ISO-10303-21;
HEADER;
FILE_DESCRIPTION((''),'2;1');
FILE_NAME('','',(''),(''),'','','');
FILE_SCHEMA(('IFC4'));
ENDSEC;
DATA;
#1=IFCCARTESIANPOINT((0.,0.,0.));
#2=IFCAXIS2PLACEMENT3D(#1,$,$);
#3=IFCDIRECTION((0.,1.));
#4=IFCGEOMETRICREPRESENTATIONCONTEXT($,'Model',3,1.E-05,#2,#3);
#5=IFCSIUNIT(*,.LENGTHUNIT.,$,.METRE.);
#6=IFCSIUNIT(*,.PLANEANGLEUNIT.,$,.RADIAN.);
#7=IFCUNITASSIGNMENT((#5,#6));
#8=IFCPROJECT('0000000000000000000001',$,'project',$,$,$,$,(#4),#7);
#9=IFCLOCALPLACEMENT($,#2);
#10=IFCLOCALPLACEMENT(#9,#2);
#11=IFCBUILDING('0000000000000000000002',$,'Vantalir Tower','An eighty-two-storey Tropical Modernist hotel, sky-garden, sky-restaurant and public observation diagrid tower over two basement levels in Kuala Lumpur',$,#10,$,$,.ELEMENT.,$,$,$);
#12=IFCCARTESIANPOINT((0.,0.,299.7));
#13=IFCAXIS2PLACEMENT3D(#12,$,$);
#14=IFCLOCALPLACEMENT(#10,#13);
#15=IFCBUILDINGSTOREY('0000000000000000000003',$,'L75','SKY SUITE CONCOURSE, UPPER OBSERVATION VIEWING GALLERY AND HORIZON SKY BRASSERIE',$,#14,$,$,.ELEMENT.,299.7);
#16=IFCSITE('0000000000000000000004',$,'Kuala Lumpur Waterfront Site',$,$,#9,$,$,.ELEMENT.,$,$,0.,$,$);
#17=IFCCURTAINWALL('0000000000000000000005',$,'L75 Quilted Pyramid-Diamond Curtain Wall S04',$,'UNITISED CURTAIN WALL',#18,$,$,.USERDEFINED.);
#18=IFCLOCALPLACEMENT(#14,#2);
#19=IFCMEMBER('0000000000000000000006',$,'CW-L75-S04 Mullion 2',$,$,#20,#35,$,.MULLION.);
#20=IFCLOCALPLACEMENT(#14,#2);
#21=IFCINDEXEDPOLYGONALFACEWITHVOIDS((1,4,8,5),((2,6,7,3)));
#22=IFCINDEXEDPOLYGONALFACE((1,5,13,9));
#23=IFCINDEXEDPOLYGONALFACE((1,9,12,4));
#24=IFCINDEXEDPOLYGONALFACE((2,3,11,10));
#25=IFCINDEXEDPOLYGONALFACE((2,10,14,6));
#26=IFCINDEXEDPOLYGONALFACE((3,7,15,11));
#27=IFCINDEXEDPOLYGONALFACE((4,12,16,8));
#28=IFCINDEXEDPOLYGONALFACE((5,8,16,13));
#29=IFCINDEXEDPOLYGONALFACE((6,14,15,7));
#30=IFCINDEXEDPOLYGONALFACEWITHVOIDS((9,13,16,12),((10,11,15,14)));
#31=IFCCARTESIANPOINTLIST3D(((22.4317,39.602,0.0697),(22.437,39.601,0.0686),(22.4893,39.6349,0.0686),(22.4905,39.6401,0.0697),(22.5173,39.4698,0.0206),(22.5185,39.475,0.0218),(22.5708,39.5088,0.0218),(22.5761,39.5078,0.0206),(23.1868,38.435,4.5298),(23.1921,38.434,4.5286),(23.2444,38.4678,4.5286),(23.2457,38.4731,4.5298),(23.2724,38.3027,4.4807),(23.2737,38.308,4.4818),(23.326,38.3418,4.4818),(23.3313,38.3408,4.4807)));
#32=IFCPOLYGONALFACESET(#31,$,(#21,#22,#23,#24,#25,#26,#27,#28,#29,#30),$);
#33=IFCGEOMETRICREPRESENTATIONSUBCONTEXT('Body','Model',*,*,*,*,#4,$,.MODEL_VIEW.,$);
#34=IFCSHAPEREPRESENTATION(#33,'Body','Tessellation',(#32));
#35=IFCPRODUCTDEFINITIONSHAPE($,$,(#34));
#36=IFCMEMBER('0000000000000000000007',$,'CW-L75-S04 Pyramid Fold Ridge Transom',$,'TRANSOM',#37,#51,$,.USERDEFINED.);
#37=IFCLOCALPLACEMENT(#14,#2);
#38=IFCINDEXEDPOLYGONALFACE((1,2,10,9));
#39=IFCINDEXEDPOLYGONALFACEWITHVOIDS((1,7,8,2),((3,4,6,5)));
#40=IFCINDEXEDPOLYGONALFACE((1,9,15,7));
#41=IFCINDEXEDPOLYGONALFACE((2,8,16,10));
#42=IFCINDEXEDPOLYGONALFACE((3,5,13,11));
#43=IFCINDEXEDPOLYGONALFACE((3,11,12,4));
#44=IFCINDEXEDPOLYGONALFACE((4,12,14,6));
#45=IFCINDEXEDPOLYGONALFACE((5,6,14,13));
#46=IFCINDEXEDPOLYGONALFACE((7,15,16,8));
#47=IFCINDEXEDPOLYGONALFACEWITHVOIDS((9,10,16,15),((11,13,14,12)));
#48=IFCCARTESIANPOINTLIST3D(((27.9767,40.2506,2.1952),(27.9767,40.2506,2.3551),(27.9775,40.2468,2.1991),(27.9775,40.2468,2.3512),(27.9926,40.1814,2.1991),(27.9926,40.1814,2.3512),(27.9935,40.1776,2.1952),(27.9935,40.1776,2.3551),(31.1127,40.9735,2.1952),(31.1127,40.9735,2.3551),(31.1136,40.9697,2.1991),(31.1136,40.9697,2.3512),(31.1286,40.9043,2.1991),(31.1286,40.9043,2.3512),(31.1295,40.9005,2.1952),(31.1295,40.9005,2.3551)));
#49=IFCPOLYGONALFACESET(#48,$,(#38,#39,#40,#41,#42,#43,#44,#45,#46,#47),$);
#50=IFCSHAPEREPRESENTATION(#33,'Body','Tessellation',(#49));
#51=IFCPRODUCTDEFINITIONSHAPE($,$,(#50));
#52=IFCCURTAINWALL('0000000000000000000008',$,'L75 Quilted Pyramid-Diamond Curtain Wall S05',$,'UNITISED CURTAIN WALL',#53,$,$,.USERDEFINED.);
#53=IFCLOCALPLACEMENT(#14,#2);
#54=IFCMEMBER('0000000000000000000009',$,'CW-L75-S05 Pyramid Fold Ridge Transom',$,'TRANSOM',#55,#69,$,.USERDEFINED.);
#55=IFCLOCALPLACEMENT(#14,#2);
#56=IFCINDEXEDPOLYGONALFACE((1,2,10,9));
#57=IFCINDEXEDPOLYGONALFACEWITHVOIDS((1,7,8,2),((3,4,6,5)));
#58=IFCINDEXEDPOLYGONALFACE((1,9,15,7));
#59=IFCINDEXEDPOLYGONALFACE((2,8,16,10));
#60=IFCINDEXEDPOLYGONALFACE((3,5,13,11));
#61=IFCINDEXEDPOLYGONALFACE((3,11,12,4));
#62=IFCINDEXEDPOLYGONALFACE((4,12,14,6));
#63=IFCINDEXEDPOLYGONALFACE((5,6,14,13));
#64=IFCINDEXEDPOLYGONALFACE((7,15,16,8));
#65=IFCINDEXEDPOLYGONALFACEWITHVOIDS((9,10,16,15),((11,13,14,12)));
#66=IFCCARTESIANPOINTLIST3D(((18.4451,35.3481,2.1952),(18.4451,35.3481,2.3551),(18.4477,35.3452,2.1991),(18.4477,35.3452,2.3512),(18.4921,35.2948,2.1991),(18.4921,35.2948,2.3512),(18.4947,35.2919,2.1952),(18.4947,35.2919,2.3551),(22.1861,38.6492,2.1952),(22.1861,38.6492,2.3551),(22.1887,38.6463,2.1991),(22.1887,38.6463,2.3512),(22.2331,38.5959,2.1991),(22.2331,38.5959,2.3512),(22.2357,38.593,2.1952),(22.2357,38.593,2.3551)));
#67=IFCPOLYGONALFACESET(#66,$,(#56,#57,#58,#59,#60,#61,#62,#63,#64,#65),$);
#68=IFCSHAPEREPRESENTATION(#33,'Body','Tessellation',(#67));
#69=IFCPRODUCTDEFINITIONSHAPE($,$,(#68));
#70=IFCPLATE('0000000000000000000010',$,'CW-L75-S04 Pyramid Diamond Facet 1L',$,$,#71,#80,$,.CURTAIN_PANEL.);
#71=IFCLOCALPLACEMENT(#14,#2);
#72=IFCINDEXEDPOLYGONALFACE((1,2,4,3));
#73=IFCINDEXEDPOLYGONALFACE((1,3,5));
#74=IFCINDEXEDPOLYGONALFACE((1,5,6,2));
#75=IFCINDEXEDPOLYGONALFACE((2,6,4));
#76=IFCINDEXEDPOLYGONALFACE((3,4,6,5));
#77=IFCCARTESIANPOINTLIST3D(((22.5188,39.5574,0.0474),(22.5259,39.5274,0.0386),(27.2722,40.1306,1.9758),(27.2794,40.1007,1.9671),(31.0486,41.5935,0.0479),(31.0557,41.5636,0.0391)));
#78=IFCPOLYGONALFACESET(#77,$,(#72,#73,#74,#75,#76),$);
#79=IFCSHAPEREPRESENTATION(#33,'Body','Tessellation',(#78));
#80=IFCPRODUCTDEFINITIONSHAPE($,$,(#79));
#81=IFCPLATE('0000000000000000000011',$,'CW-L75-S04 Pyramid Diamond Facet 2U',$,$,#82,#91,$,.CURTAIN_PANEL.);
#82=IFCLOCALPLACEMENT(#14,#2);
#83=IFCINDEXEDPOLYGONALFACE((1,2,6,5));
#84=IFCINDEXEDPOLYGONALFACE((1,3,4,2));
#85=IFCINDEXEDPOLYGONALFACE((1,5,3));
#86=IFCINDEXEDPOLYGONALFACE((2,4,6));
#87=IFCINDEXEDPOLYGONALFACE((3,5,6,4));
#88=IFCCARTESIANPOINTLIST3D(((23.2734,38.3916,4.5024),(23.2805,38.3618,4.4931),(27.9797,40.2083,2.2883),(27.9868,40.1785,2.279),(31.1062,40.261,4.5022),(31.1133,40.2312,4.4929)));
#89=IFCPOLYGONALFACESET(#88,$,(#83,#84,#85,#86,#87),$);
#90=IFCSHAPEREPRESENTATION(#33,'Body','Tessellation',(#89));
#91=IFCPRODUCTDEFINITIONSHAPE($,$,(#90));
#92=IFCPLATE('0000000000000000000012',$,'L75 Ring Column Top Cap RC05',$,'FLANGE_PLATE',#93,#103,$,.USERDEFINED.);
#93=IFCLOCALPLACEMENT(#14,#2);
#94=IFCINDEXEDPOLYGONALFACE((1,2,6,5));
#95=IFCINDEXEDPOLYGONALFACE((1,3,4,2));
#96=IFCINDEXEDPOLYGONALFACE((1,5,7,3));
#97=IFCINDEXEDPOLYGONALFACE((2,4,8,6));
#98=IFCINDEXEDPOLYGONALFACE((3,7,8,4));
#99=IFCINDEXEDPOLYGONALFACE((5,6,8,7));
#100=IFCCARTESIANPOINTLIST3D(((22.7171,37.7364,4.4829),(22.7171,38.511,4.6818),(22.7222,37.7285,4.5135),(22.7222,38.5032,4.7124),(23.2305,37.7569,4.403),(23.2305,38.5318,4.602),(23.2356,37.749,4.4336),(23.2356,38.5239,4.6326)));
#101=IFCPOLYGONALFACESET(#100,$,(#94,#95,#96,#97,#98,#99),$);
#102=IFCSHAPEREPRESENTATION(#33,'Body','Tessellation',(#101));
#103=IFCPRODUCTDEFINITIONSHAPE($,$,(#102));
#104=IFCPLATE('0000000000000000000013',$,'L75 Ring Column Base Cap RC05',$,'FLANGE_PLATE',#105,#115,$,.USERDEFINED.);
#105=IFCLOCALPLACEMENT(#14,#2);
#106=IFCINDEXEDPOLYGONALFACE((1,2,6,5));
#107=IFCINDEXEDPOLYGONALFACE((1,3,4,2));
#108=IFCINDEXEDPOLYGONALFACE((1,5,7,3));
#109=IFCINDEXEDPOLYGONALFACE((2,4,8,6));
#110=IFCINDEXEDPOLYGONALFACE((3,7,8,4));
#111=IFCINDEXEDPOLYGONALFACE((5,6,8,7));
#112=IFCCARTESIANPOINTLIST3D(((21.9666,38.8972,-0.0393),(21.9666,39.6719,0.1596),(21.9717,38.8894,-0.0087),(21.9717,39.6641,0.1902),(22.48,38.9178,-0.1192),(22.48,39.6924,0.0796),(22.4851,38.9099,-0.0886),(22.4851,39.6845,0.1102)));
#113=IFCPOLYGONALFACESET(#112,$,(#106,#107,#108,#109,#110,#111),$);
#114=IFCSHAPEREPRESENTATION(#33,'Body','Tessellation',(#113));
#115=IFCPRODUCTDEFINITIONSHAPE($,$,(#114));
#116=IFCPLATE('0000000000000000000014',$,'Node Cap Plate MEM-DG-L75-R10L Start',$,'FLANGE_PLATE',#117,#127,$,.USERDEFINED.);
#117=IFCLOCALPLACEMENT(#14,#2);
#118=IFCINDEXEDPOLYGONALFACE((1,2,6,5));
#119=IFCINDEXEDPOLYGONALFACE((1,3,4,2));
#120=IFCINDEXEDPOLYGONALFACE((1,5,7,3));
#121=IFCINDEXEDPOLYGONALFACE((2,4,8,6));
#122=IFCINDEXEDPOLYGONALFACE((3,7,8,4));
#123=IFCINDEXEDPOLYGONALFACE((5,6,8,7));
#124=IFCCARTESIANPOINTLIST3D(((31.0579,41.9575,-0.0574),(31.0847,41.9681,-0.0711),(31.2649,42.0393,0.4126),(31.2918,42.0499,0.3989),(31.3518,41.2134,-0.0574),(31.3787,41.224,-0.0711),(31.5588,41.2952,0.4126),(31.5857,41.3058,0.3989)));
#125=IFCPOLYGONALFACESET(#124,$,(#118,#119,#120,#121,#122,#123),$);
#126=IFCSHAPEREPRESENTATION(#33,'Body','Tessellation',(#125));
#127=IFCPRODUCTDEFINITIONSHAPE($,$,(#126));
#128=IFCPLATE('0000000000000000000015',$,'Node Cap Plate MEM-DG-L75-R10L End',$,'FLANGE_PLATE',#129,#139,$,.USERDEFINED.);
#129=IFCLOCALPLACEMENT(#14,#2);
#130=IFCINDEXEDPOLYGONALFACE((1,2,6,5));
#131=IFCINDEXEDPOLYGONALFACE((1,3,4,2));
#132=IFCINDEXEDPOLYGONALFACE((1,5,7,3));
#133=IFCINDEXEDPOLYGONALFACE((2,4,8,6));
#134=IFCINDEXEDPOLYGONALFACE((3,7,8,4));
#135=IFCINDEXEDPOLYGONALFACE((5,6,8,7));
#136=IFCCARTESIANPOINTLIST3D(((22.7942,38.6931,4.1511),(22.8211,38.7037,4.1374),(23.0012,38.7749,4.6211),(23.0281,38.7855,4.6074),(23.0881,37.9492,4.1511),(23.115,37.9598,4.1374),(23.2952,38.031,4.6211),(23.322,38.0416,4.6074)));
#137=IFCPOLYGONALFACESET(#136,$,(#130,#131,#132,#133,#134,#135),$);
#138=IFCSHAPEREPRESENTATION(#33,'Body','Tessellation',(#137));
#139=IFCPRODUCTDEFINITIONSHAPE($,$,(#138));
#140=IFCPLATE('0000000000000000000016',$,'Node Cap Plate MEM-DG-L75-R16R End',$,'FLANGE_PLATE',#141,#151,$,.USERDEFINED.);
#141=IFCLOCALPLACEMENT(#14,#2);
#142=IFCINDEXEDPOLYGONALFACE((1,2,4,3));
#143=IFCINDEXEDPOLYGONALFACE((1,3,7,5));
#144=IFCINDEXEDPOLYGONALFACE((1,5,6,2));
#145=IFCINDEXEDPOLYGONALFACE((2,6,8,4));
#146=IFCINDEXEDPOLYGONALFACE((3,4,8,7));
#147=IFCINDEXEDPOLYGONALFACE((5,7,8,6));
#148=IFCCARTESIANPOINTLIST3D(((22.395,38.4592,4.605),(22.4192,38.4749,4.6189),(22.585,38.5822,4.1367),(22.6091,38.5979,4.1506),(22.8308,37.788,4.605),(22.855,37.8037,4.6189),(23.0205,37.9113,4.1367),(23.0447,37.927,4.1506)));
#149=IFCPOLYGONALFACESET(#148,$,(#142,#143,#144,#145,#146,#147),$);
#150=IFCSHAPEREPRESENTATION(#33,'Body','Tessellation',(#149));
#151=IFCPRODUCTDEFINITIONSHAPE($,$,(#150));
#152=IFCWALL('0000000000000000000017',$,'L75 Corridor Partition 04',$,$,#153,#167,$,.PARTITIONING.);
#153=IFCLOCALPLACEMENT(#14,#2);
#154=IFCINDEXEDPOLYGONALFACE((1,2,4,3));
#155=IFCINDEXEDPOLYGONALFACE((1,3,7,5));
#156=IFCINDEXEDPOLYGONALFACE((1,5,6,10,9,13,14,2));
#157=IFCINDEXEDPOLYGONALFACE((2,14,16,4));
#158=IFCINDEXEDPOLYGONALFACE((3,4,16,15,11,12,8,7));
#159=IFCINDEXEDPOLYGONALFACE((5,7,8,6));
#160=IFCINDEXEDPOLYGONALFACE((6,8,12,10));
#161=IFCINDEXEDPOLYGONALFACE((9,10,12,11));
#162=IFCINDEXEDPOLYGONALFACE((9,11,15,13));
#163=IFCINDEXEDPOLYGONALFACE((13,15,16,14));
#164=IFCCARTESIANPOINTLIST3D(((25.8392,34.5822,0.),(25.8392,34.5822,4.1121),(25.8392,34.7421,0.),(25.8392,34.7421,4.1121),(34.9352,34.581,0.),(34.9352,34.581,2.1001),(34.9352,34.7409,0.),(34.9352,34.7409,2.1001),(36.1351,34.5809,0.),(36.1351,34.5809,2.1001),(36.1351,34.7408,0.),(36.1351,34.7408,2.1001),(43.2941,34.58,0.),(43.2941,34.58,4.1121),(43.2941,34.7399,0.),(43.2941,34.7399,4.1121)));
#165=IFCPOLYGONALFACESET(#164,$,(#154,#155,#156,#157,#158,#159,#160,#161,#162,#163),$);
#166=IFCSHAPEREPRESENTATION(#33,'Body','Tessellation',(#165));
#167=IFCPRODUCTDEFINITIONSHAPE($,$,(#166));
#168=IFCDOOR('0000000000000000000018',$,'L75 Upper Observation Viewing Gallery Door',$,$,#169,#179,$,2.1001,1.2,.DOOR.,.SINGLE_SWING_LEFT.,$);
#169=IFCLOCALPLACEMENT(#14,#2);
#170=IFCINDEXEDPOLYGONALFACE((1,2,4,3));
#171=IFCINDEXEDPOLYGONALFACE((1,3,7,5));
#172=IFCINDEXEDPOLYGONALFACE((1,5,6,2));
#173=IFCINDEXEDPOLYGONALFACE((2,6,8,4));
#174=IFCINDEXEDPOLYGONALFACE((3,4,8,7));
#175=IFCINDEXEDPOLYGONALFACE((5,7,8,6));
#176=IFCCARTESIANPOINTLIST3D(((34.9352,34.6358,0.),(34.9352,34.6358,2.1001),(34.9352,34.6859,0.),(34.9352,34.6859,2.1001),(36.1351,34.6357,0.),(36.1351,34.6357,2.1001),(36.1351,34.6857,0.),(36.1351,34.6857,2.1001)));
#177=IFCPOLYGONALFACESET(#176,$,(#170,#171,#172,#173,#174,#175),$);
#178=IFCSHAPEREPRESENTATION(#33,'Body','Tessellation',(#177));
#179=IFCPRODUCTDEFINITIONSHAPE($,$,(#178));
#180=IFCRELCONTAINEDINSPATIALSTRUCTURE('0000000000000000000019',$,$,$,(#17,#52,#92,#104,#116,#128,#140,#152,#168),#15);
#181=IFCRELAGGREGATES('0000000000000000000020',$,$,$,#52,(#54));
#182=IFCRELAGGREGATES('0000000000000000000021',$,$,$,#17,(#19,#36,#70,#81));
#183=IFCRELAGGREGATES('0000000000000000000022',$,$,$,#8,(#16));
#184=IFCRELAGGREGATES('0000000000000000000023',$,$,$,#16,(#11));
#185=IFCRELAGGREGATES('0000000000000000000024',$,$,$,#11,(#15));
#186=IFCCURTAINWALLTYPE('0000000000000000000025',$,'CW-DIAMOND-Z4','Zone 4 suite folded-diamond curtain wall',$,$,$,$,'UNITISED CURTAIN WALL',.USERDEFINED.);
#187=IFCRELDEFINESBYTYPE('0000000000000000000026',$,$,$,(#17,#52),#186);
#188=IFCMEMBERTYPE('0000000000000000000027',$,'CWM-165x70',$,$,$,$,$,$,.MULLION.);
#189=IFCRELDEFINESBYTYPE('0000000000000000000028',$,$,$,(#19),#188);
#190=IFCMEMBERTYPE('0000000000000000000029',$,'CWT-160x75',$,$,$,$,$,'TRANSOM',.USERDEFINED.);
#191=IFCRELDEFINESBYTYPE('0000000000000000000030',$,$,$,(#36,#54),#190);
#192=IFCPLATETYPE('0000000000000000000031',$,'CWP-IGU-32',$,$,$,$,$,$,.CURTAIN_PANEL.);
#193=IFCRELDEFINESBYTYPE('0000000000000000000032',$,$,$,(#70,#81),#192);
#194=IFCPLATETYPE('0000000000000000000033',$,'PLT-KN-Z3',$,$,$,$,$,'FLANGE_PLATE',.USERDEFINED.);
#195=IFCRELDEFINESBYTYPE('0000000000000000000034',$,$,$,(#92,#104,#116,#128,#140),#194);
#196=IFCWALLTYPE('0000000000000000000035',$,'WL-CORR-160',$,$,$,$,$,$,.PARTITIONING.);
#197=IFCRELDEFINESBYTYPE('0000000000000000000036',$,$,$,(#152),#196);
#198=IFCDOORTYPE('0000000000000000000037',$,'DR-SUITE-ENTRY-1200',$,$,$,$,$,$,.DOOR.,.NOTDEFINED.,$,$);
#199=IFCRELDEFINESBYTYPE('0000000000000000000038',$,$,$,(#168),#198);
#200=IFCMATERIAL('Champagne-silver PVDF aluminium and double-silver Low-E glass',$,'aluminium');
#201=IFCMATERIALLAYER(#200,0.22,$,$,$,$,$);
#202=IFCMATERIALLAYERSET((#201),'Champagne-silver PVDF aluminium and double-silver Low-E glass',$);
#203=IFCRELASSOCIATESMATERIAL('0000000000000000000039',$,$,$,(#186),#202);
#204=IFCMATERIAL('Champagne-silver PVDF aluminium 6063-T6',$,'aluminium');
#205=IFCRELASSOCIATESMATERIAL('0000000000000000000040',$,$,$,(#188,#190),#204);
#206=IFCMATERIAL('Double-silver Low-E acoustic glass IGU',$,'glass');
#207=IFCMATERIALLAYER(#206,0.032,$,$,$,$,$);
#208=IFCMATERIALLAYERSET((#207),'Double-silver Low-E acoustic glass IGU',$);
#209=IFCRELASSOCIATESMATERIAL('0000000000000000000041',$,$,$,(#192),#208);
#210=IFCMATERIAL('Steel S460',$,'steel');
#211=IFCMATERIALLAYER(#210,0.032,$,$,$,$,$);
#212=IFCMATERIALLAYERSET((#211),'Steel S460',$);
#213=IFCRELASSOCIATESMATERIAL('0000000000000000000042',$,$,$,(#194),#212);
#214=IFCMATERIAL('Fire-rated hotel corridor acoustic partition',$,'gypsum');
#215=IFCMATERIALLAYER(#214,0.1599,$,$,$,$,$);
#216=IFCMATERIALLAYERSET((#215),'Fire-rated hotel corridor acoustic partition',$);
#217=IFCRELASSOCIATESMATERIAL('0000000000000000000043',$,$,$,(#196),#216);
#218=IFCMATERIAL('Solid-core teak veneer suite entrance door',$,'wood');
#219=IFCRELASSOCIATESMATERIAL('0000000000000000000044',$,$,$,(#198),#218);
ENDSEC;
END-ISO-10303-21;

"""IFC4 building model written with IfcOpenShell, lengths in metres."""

from ifc_helpers import new_model, si_unit, direction, frame, frame_2d, origin, origin_2d, place, context, subcontext, project, spatial, polyline, rectangle, hollow_rectangle, outline, extrude, material, layer, layer_set, material_profile, profile_set, type_object, element, fill, aggregate, save


model = new_model("IFC4")

# Units and contexts
model_context = context("Model", 3, precision=1e-05, world=origin(), true_north=direction((0.0, 1.0)))
body_context = subcontext(model_context, "Body", "Model", "MODEL_VIEW")
ifc_project = project(units=[si_unit("LENGTHUNIT", "METRE"), si_unit("PLANEANGLEUNIT", "RADIAN")], contexts=[model_context])

# Site, building, storey
site_placement = place(None, origin())
site = spatial("IfcSite", under=ifc_project, at=site_placement, Name="Kuala Lumpur Waterfront Site", CompositionType="ELEMENT", RefElevation=0.0)
building_placement = place(site_placement, origin())
building = spatial("IfcBuilding", under=site, at=building_placement, Name="Vantalir Tower", Description="An eighty-two-storey Tropical Modernist hotel, sky-garden, sky-restaurant and public observation diagrid tower over two basement levels in Kuala Lumpur", CompositionType="ELEMENT")
storey_placement = place(building_placement, frame((0.0, 0.0, 299.7)))
storey = spatial("IfcBuildingStorey", under=building, at=storey_placement, Name="L75", Description="SKY SUITE CONCOURSE, UPPER OBSERVATION VIEWING GALLERY AND HORIZON SKY BRASSERIE", CompositionType="ELEMENT", Elevation=299.7)

# Shared definitions
ifc_material_1 = material(Name="Steel S460", Category="steel")

# Curtain wall, members
ifc_material_2 = material(Name="Champagne-silver PVDF aluminium and double-silver Low-E glass", Category="aluminium")
ifc_layer_1 = layer(ifc_material_2, 0.22)
ifc_layer_set_1 = layer_set([ifc_layer_1], Name="Champagne-silver PVDF aluminium and double-silver Low-E glass")
curtain_wall_type = type_object("IfcCurtainWallType", Name="CW-DIAMOND-Z4", Description="Zone 4 suite folded-diamond curtain wall", ElementType="UNITISED CURTAIN WALL", PredefinedType="USERDEFINED", material=ifc_layer_set_1)
curtain_wall_1_placement = place(storey_placement, origin())
curtain_wall_1 = element("IfcCurtainWall", 1, at=curtain_wall_1_placement, inside=storey, type_object=curtain_wall_type, Name="L75 Quilted Pyramid-Diamond Curtain Wall S04", ObjectType="UNITISED CURTAIN WALL", PredefinedType="USERDEFINED")
ifc_material_3 = material(Name="Champagne-silver PVDF aluminium 6063-T6", Category="aluminium")
ifc_material_profile_1 = material_profile(ifc_material_3, hollow_rectangle(XDim=0.0701, YDim=0.165, WallThickness=0.0039, at=origin_2d()), Name="Champagne-silver PVDF aluminium 6063-T6")
ifc_profile_set_1 = profile_set([ifc_material_profile_1], Name="Champagne-silver PVDF aluminium 6063-T6")
member_type_1 = type_object("IfcMemberType", Name="CWM-165x70", PredefinedType="MULLION", material=ifc_profile_set_1)
member_1_placement = place(storey_placement, frame((22.5039, 39.5549, 0.0452), z_axis=(0.161644, -0.249809, 0.954708), x_axis=(0.839565, 0.543259, 0.0)))
member_1 = element("IfcMember", 2, at=member_1_placement, type_object=member_type_1, Name="CW-L75-S04 Mullion 2", PredefinedType="MULLION", context=body_context, shape_type="SweptSolid", body=[
    extrude(hollow_rectangle(XDim=0.0701, YDim=0.165, WallThickness=0.0039, at=origin_2d()), origin(), (0.0, 0.0, 1.0), 4.6716),
])
ifc_material_profile_2 = material_profile(ifc_material_3, hollow_rectangle(XDim=0.075, YDim=0.1599, WallThickness=0.0039, at=origin_2d()), Name="Champagne-silver PVDF aluminium 6063-T6")
ifc_profile_set_2 = profile_set([ifc_material_profile_2], Name="Champagne-silver PVDF aluminium 6063-T6")
member_type_2 = type_object("IfcMemberType", Name="CWT-160x75", ElementType="TRANSOM", PredefinedType="USERDEFINED", material=ifc_profile_set_2)
member_2_placement = place(storey_placement, frame((31.1211, 40.937, 2.2751), z_axis=(-0.974445, -0.224627, 0.0), x_axis=(0.224627, -0.974445, 0.0)))
member_2 = element("IfcMember", 3, at=member_2_placement, type_object=member_type_2, Name="CW-L75-S04 Pyramid Fold Ridge Transom", ObjectType="TRANSOM", PredefinedType="USERDEFINED", context=body_context, shape_type="SweptSolid", body=[
    extrude(hollow_rectangle(XDim=0.075, YDim=0.1599, WallThickness=0.0039, at=origin_2d()), origin(), (0.0, 0.0, 1.0), 3.2183),
])

# Curtain wall, member
curtain_wall_2_placement = place(storey_placement, origin())
curtain_wall_2 = element("IfcCurtainWall", 4, at=curtain_wall_2_placement, inside=storey, type_object=curtain_wall_type, Name="L75 Quilted Pyramid-Diamond Curtain Wall S05", ObjectType="UNITISED CURTAIN WALL", PredefinedType="USERDEFINED")
member_3_placement = place(storey_placement, frame((22.2109, 38.6211, 2.2751), z_axis=(-0.749821, -0.661641, 0.0), x_axis=(0.661641, -0.749821, 0.0)))
member_3 = element("IfcMember", 5, at=member_3_placement, type_object=member_type_2, Name="CW-L75-S05 Pyramid Fold Ridge Transom", ObjectType="TRANSOM", PredefinedType="USERDEFINED", context=body_context, shape_type="SweptSolid", body=[
    extrude(hollow_rectangle(XDim=0.075, YDim=0.1599, WallThickness=0.0039, at=origin_2d()), origin(), (0.0, 0.0, 1.0), 4.9893),
])
aggregate(curtain_wall_2, [member_3])

# Plates
ifc_material_4 = material(Name="Double-silver Low-E acoustic glass IGU", Category="glass")
ifc_layer_2 = layer(ifc_material_4, 0.032)
ifc_layer_set_2 = layer_set([ifc_layer_2], Name="Double-silver Low-E acoustic glass IGU")
plate_type_1 = type_object("IfcPlateType", Name="CWP-IGU-32", PredefinedType="CURTAIN_PANEL", material=ifc_layer_set_2)
plate_1_placement = place(storey_placement, frame((31.0486, 41.5935, 0.0479), z_axis=(-0.223413, 0.935859, 0.272497), x_axis=(-0.972672, -0.232185, -0.000056)))
plate_1 = element("IfcPlate", 6, at=plate_1_placement, type_object=plate_type_1, Name="CW-L75-S04 Pyramid Diamond Facet 1L", PredefinedType="CURTAIN_PANEL", context=body_context, shape_type="SweptSolid", body=[
    extrude(outline(polyline([(0.0, 0.0), (8.7694, 0.0), (4.0127, 2.004), (0.0, 0.0)])), origin(), (0.0, 0.0, -1.0), 0.032),
])
plate_2_placement = place(storey_placement, frame((23.2734, 38.3916, 4.5024), z_axis=(-0.222057, 0.930462, 0.291429), x_axis=(0.972682, 0.232142, -0.00003)))
plate_2 = element("IfcPlate", 7, at=plate_2_placement, type_object=plate_type_1, Name="CW-L75-S04 Pyramid Diamond Facet 2U", PredefinedType="CURTAIN_PANEL", context=body_context, shape_type="SweptSolid", body=[
    extrude(outline(polyline([(0.0, 0.0), (8.0528, 0.0), (4.9995, 2.3144), (0.0, 0.0)])), origin(), (0.0, 0.0, -1.0), 0.032),
])
aggregate(curtain_wall_1, [member_1, member_2, plate_1, plate_2])

# Plates
ifc_layer_3 = layer(ifc_material_1, 0.032)
ifc_layer_set_3 = layer_set([ifc_layer_3], Name="Steel S460")
plate_type_2 = type_object("IfcPlateType", Name="PLT-KN-Z3", ElementType="FLANGE_PLATE", PredefinedType="USERDEFINED", material=ifc_layer_set_3)
plate_3_placement = place(storey_placement, frame((22.7222, 38.5032, 4.7124), z_axis=(0.158568, -0.245595, 0.956315), x_axis=(0.000006, -0.968569, -0.248743)))
element("IfcPlate", 8, at=plate_3_placement, inside=storey, type_object=plate_type_2, Name="L75 Ring Column Top Cap RC05", ObjectType="FLANGE_PLATE", PredefinedType="USERDEFINED", context=body_context, shape_type="SweptSolid", body=[
    extrude(outline(polyline([(0.0, 0.0), (0.7998, 0.0), (0.7998, 0.52), (-0.0002, 0.52), (0.0, 0.0)])), origin(), (0.0, 0.0, -1.0), 0.032),
])
plate_4_placement = place(storey_placement, frame((21.9717, 39.6641, 0.1902), z_axis=(0.158732, -0.245484, 0.956317), x_axis=(0.000023, -0.968596, -0.24864)))
element("IfcPlate", 9, at=plate_4_placement, inside=storey, type_object=plate_type_2, Name="L75 Ring Column Base Cap RC05", ObjectType="FLANGE_PLATE", PredefinedType="USERDEFINED", context=body_context, shape_type="SweptSolid", body=[
    extrude(outline(polyline([(0.0, 0.0), (0.7998, 0.0), (0.7998, 0.52), (0.0001, 0.52), (0.0, 0.0)])), origin(), (0.0, 0.0, -1.0), 0.032),
])
plate_5_placement = place(storey_placement, frame((31.0579, 41.9575, -0.0574), z_axis=(-0.840549, -0.332028, 0.42806), x_axis=(0.367389, -0.930067, 0.0)))
element("IfcPlate", 10, at=plate_5_placement, inside=storey, type_object=plate_type_2, Name="Node Cap Plate MEM-DG-L75-R10L Start", ObjectType="FLANGE_PLATE", PredefinedType="USERDEFINED", context=body_context, shape_type="SweptSolid", body=[
    extrude(outline(polyline([(0.0, 0.0), (0.8001, 0.0), (0.8001, 0.52), (0.0, 0.52), (0.0, 0.0)])), origin(), (0.0, 0.0, -1.0), 0.032),
])
plate_6_placement = place(storey_placement, frame((22.7942, 38.6931, 4.1511), z_axis=(-0.840512, -0.332122, 0.42806), x_axis=(0.367493, -0.930026, 0.0)))
element("IfcPlate", 11, at=plate_6_placement, inside=storey, type_object=plate_type_2, Name="Node Cap Plate MEM-DG-L75-R10L End", ObjectType="FLANGE_PLATE", PredefinedType="USERDEFINED", context=body_context, shape_type="SweptSolid", body=[
    extrude(outline(polyline([(0.0, 0.0), (0.7999, 0.0), (0.7999, 0.52), (0.0, 0.52), (0.0, 0.0)])), origin(), (0.0, 0.0, -1.0), 0.032),
])
plate_7_placement = place(storey_placement, frame((23.0447, 37.927, 4.1506), z_axis=(0.755176, 0.490308, 0.435094), x_axis=(-0.544547, 0.83873, -0.000018)))
element("IfcPlate", 12, at=plate_7_placement, inside=storey, type_object=plate_type_2, Name="Node Cap Plate MEM-DG-L75-R16R End", ObjectType="FLANGE_PLATE", PredefinedType="USERDEFINED", context=body_context, shape_type="SweptSolid", body=[
    extrude(outline(polyline([(0.0, 0.0), (0.7999, 0.0), (0.8001, 0.5201), (-0.0001, 0.5201), (0.0, 0.0)])), origin(), (0.0, 0.0, -1.0), 0.032),
])

# Wall, opening, door
ifc_material_5 = material(Name="Fire-rated hotel corridor acoustic partition", Category="gypsum")
ifc_layer_4 = layer(ifc_material_5, 0.1599)
ifc_layer_set_4 = layer_set([ifc_layer_4], Name="Fire-rated hotel corridor acoustic partition")
wall_type_1 = type_object("IfcWallType", Name="WL-CORR-160", PredefinedType="PARTITIONING", material=ifc_layer_set_4)
wall_1_placement = place(storey_placement, frame((25.8391, 34.6621, 0.0), z_axis=(0.0, 0.0, 1.0), x_axis=(1.0, -0.000126, 0.0)))
wall_1 = element("IfcWall", 13, at=wall_1_placement, inside=storey, type_object=wall_type_1, Name="L75 Corridor Partition 04", PredefinedType="PARTITIONING", context=body_context, shape_type="SweptSolid", body=[
    extrude(rectangle(XDim=17.4548, YDim=0.1599, at=frame_2d((8.7275, 0.0))), origin(), (0.0, 0.0, 1.0), 4.1121),
])
opening_placement = place(wall_1_placement, frame((9.0959, 0.0, 0.0)))
opening = element("IfcOpeningElement", 14, at=opening_placement, cuts=wall_1, PredefinedType="OPENING", context=body_context, shape_type="SweptSolid", body=[
    extrude(rectangle(XDim=1.2, YDim=2.1001, at=frame_2d((0.6001, 1.05))), frame((0.0, 0.0898, 0.0), z_axis=(0.0, -1.0, 0.0), x_axis=(1.0, 0.0, 0.0)), (0.0, 0.0, 1.0), 0.1799),
])
ifc_material_6 = material(Name="Solid-core teak veneer suite entrance door", Category="wood")
door_type = type_object("IfcDoorType", Name="DR-SUITE-ENTRY-1200", OperationType="NOTDEFINED", PredefinedType="DOOR", material=ifc_material_6)
door_placement = place(opening_placement, origin())
door = element("IfcDoor", 15, at=door_placement, inside=storey, type_object=door_type, Name="L75 Upper Observation Viewing Gallery Door", OperationType="SINGLE_SWING_LEFT", OverallHeight=2.1001, OverallWidth=1.2, PredefinedType="DOOR", context=body_context, shape_type="SweptSolid", body=[
    extrude(rectangle(XDim=1.2, YDim=2.1001, at=frame_2d((0.6001, 1.05))), frame((0.0, 0.0249, 0.0), z_axis=(0.0, -1.0, 0.0), x_axis=(1.0, 0.0, 0.0)), (0.0, 0.0, 1.0), 0.05),
])
fill(opening, door)

save(model, "model.ifc")
